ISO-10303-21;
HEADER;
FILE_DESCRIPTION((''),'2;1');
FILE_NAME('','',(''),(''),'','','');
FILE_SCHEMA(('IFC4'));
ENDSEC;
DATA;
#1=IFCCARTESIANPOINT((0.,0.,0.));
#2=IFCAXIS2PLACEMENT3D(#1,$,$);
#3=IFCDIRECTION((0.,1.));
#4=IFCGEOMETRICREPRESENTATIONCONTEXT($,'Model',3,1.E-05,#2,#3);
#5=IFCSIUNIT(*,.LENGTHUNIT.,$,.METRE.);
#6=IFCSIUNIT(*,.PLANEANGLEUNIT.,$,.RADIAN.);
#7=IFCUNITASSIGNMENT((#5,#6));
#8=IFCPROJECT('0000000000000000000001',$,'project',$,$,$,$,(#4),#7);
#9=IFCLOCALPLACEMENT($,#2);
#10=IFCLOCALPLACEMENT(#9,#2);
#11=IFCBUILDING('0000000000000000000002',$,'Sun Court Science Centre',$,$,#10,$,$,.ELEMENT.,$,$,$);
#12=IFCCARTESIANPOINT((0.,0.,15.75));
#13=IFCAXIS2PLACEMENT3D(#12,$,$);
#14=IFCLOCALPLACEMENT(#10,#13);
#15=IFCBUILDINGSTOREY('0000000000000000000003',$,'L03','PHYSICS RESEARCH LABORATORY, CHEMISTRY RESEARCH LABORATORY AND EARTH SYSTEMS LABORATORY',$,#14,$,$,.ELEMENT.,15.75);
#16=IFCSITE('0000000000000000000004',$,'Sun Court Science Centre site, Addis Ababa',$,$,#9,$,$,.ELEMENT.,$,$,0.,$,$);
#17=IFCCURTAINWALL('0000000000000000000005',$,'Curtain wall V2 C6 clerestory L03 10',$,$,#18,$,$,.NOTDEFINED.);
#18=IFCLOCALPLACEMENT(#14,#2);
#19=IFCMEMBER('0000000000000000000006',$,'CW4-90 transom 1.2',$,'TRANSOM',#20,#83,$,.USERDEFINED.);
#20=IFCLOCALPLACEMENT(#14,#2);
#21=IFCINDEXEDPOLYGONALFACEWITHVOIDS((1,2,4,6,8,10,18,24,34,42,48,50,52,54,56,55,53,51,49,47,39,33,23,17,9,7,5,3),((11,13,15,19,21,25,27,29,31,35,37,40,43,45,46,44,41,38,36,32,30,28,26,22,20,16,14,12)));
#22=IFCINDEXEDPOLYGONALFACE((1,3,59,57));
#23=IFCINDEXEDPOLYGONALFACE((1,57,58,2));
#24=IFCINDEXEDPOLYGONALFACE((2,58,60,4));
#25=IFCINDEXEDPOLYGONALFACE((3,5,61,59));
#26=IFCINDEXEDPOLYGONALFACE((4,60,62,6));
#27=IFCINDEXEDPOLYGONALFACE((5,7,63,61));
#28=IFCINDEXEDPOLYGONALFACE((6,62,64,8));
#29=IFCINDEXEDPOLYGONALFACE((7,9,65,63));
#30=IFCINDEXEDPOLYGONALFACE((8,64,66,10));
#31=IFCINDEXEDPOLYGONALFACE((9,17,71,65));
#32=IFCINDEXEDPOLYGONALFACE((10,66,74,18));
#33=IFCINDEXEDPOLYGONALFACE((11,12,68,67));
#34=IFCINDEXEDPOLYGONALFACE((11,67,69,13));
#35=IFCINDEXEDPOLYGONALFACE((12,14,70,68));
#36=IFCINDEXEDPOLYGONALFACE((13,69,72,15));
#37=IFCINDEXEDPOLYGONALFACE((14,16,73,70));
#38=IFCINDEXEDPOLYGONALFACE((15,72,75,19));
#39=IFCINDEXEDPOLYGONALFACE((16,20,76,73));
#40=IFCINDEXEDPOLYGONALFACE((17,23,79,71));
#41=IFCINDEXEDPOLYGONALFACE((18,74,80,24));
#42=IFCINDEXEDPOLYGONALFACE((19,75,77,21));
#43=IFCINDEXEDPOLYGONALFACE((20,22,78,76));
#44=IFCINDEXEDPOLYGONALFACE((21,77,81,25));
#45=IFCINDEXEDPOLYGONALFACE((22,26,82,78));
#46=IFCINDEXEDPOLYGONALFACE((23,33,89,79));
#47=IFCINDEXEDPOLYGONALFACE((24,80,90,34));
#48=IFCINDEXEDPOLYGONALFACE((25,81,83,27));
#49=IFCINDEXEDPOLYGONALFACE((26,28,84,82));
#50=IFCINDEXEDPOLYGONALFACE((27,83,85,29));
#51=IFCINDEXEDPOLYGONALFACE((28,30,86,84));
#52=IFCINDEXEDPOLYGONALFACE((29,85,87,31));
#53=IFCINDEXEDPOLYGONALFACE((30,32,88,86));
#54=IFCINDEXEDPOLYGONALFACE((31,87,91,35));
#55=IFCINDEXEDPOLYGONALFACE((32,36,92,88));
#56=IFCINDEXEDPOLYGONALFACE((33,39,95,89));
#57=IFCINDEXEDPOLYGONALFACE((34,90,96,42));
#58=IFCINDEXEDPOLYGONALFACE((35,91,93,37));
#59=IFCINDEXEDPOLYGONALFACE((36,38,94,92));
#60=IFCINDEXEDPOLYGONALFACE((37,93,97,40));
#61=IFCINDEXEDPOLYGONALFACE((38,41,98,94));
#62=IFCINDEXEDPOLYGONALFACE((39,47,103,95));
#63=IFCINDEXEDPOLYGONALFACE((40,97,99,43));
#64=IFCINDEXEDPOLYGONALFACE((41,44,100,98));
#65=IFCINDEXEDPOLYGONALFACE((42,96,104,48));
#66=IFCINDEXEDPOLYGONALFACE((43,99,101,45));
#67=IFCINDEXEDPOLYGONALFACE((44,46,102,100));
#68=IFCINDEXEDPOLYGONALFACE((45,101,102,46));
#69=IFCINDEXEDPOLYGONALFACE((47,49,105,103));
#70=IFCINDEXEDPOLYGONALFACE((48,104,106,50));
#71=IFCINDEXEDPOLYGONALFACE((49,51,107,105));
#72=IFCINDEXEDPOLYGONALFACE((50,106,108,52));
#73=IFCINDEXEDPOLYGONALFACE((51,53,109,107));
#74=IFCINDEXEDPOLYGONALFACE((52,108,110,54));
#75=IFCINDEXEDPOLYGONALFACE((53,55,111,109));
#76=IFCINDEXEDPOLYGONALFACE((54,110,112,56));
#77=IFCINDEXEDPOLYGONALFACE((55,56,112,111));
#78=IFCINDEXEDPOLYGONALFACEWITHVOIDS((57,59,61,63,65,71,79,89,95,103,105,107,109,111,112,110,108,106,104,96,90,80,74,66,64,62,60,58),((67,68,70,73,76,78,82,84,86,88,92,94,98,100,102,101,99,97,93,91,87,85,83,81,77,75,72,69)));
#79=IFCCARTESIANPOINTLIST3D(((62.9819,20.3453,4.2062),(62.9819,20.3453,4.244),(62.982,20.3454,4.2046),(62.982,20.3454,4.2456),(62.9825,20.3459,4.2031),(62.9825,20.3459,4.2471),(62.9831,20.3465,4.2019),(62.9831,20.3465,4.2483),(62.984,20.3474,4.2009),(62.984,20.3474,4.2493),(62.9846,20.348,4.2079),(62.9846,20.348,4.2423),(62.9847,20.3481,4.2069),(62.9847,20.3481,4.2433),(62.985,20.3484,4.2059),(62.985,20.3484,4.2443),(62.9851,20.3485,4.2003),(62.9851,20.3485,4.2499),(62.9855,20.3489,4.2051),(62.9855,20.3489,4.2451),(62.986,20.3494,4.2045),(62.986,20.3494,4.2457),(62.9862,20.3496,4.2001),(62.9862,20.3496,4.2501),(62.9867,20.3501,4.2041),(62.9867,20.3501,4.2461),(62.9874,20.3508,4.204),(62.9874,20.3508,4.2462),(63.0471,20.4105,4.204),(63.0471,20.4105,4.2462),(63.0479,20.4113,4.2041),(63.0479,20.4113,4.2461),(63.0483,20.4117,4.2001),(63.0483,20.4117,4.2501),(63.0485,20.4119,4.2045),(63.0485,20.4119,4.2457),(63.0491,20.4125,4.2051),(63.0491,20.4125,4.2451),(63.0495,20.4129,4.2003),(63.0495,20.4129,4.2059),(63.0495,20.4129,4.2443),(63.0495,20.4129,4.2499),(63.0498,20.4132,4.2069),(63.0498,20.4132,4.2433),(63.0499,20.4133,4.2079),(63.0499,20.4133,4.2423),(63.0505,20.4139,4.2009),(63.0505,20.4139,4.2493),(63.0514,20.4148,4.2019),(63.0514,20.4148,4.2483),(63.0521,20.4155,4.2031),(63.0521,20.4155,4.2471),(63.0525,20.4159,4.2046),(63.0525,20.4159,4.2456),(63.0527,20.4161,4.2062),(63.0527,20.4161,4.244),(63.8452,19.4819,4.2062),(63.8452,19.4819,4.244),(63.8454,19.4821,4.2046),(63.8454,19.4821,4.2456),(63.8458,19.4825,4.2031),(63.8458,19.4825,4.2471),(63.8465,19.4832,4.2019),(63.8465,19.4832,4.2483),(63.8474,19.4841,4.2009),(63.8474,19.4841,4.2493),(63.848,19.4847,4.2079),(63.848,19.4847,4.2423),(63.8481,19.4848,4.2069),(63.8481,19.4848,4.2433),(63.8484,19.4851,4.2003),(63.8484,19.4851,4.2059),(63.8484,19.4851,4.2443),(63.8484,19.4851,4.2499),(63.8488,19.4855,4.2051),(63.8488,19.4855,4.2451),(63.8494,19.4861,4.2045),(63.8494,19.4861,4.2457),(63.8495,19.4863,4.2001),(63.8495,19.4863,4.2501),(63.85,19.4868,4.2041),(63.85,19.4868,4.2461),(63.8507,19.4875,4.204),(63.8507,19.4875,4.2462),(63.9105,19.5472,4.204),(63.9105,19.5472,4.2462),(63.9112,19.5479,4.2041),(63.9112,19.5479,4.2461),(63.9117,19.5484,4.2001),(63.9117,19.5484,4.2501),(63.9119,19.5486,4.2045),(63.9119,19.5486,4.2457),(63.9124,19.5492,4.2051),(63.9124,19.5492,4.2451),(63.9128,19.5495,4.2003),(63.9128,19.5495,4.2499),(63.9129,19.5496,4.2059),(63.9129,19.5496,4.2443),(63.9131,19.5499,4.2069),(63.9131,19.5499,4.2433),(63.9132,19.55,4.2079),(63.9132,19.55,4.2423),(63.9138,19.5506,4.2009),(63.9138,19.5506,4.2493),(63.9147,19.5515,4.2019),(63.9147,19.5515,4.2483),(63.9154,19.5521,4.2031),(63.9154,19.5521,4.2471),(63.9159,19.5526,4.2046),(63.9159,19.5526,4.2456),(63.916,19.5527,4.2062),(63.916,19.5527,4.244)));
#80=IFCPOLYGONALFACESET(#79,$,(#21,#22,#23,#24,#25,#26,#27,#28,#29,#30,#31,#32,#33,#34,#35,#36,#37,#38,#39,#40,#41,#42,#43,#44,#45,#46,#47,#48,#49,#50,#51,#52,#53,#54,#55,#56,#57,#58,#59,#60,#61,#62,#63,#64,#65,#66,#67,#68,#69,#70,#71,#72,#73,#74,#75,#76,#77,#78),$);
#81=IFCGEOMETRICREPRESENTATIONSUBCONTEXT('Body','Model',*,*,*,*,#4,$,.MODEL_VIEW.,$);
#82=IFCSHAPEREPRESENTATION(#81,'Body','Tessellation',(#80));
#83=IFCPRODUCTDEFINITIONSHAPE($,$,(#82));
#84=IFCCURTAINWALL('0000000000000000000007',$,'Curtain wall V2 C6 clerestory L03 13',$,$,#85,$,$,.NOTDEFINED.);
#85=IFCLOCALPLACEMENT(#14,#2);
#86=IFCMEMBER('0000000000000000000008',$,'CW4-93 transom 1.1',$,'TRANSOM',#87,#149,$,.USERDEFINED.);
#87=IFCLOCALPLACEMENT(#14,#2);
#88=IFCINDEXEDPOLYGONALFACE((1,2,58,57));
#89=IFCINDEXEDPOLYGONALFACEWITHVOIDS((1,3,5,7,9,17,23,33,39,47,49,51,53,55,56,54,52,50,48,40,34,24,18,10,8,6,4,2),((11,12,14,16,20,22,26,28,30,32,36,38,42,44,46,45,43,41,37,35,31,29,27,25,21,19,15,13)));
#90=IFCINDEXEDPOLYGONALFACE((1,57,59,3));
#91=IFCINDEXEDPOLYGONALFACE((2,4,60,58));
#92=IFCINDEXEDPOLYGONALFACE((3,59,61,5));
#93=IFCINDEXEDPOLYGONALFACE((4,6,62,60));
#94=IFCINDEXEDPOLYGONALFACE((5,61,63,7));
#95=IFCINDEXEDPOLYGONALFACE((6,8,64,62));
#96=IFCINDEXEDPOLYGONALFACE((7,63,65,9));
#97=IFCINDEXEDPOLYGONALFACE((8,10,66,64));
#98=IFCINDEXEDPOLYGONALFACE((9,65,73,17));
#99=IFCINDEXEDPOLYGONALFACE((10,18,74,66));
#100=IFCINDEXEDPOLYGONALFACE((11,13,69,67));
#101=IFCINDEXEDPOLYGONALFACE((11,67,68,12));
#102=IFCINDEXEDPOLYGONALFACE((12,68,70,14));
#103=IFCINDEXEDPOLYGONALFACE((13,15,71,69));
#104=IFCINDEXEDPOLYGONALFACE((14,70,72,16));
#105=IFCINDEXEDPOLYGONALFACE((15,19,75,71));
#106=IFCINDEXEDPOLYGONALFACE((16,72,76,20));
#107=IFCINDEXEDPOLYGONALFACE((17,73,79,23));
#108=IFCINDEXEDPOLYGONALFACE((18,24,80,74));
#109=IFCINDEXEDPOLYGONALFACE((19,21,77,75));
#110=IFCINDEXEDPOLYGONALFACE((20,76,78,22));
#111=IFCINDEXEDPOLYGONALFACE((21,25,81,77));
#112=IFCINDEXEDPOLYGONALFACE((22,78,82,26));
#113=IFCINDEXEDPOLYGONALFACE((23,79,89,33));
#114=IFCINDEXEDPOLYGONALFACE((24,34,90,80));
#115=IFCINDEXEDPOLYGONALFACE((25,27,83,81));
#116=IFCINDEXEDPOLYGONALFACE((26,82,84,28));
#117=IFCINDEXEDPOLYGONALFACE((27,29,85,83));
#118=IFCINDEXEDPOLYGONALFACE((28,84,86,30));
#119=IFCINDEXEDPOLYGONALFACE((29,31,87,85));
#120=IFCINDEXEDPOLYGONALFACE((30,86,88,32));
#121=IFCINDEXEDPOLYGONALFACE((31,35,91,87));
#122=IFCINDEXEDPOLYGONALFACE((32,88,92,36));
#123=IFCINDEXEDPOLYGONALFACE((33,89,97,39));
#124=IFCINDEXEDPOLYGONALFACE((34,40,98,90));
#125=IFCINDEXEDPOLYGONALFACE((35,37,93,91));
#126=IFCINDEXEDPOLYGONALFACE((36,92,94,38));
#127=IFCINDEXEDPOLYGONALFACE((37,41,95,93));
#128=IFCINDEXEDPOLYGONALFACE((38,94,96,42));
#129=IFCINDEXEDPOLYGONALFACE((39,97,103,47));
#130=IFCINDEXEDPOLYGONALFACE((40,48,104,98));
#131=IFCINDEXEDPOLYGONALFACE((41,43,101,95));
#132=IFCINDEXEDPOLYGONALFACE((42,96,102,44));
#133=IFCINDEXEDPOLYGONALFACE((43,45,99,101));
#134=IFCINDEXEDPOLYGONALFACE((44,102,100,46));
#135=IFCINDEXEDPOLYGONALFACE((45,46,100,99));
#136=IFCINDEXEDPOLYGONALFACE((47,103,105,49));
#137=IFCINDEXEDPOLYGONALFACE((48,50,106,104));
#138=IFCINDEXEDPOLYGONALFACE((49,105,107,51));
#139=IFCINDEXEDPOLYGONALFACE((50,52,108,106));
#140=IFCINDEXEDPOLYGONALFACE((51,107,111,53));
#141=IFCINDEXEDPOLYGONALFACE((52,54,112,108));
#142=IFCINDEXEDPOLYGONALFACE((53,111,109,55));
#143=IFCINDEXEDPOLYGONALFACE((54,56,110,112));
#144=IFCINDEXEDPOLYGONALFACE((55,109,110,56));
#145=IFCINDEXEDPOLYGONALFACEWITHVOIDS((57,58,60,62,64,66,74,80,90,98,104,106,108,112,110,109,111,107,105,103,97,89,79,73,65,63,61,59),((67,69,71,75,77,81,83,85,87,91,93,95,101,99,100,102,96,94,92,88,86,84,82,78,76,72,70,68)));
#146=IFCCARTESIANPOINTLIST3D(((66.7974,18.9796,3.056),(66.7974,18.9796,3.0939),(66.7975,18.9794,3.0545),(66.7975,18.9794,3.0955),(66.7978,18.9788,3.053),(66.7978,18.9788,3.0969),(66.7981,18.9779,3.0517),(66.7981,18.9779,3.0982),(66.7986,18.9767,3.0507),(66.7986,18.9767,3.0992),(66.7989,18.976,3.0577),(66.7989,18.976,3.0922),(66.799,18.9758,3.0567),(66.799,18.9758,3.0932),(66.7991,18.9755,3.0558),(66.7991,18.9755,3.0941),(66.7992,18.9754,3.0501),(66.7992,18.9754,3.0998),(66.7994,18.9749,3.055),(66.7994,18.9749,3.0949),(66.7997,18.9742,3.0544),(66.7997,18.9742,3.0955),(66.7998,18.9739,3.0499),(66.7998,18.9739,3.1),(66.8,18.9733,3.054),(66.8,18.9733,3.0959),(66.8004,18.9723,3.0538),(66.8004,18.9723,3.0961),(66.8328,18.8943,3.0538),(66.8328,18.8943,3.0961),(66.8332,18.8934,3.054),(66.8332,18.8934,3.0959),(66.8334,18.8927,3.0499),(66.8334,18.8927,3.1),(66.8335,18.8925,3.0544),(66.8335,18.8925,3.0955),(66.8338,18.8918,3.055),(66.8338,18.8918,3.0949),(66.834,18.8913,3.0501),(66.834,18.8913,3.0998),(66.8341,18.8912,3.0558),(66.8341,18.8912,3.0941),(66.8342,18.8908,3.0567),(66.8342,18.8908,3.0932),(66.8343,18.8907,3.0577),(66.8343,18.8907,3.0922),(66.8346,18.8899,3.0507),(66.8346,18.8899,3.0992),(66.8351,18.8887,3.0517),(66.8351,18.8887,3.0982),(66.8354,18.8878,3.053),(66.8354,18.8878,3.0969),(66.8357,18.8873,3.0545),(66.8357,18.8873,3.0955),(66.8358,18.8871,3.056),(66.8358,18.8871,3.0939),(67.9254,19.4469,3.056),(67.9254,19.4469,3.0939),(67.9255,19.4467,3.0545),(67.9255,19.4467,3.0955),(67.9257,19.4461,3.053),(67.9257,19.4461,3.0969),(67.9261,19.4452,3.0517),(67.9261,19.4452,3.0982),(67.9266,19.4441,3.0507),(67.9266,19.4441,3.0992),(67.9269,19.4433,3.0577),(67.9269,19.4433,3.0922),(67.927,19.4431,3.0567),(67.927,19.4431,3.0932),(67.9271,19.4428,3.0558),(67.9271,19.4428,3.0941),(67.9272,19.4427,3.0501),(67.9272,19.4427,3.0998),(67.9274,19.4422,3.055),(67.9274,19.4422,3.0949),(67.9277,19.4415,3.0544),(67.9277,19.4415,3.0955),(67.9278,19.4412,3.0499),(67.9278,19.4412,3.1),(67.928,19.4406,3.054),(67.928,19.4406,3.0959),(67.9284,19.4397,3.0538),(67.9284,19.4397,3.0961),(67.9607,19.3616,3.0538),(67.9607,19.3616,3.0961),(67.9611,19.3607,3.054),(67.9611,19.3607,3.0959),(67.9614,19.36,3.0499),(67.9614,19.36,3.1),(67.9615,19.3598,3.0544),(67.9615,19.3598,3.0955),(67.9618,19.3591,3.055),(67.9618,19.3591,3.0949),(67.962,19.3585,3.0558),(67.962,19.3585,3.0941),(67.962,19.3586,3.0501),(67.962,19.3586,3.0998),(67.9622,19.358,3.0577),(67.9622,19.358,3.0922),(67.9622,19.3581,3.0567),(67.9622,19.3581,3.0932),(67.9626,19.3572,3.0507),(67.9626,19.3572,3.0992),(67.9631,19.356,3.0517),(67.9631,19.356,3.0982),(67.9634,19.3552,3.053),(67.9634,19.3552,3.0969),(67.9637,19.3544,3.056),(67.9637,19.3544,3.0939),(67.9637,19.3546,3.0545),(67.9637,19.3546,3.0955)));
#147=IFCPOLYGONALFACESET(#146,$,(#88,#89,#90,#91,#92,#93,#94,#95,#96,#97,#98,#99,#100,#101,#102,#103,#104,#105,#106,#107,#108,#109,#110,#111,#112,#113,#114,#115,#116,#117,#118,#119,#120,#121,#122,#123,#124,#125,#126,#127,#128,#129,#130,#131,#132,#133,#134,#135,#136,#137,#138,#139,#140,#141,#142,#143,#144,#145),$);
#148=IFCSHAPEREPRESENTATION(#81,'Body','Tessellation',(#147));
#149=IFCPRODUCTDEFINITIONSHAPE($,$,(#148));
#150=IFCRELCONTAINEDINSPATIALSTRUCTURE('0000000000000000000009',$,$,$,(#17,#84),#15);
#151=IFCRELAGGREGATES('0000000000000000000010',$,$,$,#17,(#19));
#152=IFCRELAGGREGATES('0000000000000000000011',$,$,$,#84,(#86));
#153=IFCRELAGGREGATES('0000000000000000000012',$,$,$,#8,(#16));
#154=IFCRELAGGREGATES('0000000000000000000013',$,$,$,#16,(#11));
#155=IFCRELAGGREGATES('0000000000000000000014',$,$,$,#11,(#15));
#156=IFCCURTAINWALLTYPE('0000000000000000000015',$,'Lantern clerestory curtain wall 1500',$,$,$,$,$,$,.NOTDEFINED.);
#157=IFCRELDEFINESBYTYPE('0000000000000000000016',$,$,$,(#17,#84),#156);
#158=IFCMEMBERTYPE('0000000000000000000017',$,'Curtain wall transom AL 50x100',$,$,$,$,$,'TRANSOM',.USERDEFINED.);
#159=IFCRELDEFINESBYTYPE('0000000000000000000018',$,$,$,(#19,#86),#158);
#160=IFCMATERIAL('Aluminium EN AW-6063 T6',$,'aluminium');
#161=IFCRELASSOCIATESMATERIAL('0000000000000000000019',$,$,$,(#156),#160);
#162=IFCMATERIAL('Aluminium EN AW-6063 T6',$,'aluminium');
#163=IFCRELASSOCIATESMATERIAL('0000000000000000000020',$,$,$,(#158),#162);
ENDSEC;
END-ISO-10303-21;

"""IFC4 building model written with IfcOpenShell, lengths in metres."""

from ifc_helpers import new_model, si_unit, direction, frame, origin, origin_2d, place, context, subcontext, project, spatial, hollow_rectangle, extrude, material, material_profile, profile_set, type_object, element, aggregate, save


model = new_model("IFC4")

# Units and contexts
model_context = context("Model", 3, precision=1e-05, world=origin(), true_north=direction((0.0, 1.0)))
body_context = subcontext(model_context, "Body", "Model", "MODEL_VIEW")
ifc_project = project(units=[si_unit("LENGTHUNIT", "METRE"), si_unit("PLANEANGLEUNIT", "RADIAN")], contexts=[model_context])

# Site, building, storey
site_placement = place(None, origin())
site = spatial("IfcSite", under=ifc_project, at=site_placement, Name="Sun Court Science Centre site, Addis Ababa", CompositionType="ELEMENT", RefElevation=0.0)
building_placement = place(site_placement, origin())
building = spatial("IfcBuilding", under=site, at=building_placement, Name="Sun Court Science Centre", CompositionType="ELEMENT")
storey_placement = place(building_placement, frame((0.0, 0.0, 15.75)))
storey = spatial("IfcBuildingStorey", under=building, at=storey_placement, Name="L03", Description="PHYSICS RESEARCH LABORATORY, CHEMISTRY RESEARCH LABORATORY AND EARTH SYSTEMS LABORATORY", CompositionType="ELEMENT", Elevation=15.75)

# Curtain wall
ifc_material_1 = material(Name="Aluminium EN AW-6063 T6", Category="aluminium")
curtain_wall_type = type_object("IfcCurtainWallType", Name="Lantern clerestory curtain wall 1500", PredefinedType="NOTDEFINED", material=ifc_material_1)
curtain_wall_1_placement = place(storey_placement, origin())
curtain_wall_1 = element("IfcCurtainWall", 1, at=curtain_wall_1_placement, inside=storey, type_object=curtain_wall_type, Name="Curtain wall V2 C6 clerestory L03 10", PredefinedType="NOTDEFINED")

# Member
ifc_material_2 = material(Name="Aluminium EN AW-6063 T6", Category="aluminium")
ifc_material_profile_1 = material_profile(ifc_material_2, hollow_rectangle(XDim=0.05, YDim=0.1001, WallThickness=0.0039, InnerFilletRadius=0.0039, OuterFilletRadius=0.0061, at=origin_2d()), Name="AL 50x100x4")
ifc_profile_set_1 = profile_set([ifc_material_profile_1], Name="Aluminium EN AW-6063 T6")
member_type_1 = type_object("IfcMemberType", Name="Curtain wall transom AL 50x100", ElementType="TRANSOM", PredefinedType="USERDEFINED", material=ifc_profile_set_1)
member_1_placement = place(storey_placement, frame((63.8806, 19.5173, 4.2251), z_axis=(-0.707107, 0.707107, 0.0), x_axis=(0.0, 0.0, 1.0)))
member_1 = element("IfcMember", 2, at=member_1_placement, type_object=member_type_1, Name="CW4-90 transom 1.2", ObjectType="TRANSOM", PredefinedType="USERDEFINED", context=body_context, shape_type="SweptSolid", body=[
    extrude(hollow_rectangle(XDim=0.05, YDim=0.1001, WallThickness=0.0039, InnerFilletRadius=0.0039, OuterFilletRadius=0.0061, at=origin_2d()), origin(), (0.0, 0.0, 1.0), 1.2209),
])

# Curtain wall, member
curtain_wall_2_placement = place(storey_placement, origin())
curtain_wall_2 = element("IfcCurtainWall", 3, at=curtain_wall_2_placement, inside=storey, type_object=curtain_wall_type, Name="Curtain wall V2 C6 clerestory L03 13", PredefinedType="NOTDEFINED")
member_2_placement = place(storey_placement, frame((67.9446, 19.4006, 3.075), z_axis=(-0.923856, -0.38274, 0.0), x_axis=(0.0, 0.0, 1.0)))
member_2 = element("IfcMember", 4, at=member_2_placement, type_object=member_type_1, Name="CW4-93 transom 1.1", ObjectType="TRANSOM", PredefinedType="USERDEFINED", context=body_context, shape_type="SweptSolid", body=[
    extrude(hollow_rectangle(XDim=0.05, YDim=0.1001, WallThickness=0.0039, InnerFilletRadius=0.0039, OuterFilletRadius=0.0061, at=origin_2d()), origin(), (0.0, 0.0, 1.0), 1.2209),
])

aggregate(curtain_wall_1, [member_1])
aggregate(curtain_wall_2, [member_2])

save(model, "model.ifc")
